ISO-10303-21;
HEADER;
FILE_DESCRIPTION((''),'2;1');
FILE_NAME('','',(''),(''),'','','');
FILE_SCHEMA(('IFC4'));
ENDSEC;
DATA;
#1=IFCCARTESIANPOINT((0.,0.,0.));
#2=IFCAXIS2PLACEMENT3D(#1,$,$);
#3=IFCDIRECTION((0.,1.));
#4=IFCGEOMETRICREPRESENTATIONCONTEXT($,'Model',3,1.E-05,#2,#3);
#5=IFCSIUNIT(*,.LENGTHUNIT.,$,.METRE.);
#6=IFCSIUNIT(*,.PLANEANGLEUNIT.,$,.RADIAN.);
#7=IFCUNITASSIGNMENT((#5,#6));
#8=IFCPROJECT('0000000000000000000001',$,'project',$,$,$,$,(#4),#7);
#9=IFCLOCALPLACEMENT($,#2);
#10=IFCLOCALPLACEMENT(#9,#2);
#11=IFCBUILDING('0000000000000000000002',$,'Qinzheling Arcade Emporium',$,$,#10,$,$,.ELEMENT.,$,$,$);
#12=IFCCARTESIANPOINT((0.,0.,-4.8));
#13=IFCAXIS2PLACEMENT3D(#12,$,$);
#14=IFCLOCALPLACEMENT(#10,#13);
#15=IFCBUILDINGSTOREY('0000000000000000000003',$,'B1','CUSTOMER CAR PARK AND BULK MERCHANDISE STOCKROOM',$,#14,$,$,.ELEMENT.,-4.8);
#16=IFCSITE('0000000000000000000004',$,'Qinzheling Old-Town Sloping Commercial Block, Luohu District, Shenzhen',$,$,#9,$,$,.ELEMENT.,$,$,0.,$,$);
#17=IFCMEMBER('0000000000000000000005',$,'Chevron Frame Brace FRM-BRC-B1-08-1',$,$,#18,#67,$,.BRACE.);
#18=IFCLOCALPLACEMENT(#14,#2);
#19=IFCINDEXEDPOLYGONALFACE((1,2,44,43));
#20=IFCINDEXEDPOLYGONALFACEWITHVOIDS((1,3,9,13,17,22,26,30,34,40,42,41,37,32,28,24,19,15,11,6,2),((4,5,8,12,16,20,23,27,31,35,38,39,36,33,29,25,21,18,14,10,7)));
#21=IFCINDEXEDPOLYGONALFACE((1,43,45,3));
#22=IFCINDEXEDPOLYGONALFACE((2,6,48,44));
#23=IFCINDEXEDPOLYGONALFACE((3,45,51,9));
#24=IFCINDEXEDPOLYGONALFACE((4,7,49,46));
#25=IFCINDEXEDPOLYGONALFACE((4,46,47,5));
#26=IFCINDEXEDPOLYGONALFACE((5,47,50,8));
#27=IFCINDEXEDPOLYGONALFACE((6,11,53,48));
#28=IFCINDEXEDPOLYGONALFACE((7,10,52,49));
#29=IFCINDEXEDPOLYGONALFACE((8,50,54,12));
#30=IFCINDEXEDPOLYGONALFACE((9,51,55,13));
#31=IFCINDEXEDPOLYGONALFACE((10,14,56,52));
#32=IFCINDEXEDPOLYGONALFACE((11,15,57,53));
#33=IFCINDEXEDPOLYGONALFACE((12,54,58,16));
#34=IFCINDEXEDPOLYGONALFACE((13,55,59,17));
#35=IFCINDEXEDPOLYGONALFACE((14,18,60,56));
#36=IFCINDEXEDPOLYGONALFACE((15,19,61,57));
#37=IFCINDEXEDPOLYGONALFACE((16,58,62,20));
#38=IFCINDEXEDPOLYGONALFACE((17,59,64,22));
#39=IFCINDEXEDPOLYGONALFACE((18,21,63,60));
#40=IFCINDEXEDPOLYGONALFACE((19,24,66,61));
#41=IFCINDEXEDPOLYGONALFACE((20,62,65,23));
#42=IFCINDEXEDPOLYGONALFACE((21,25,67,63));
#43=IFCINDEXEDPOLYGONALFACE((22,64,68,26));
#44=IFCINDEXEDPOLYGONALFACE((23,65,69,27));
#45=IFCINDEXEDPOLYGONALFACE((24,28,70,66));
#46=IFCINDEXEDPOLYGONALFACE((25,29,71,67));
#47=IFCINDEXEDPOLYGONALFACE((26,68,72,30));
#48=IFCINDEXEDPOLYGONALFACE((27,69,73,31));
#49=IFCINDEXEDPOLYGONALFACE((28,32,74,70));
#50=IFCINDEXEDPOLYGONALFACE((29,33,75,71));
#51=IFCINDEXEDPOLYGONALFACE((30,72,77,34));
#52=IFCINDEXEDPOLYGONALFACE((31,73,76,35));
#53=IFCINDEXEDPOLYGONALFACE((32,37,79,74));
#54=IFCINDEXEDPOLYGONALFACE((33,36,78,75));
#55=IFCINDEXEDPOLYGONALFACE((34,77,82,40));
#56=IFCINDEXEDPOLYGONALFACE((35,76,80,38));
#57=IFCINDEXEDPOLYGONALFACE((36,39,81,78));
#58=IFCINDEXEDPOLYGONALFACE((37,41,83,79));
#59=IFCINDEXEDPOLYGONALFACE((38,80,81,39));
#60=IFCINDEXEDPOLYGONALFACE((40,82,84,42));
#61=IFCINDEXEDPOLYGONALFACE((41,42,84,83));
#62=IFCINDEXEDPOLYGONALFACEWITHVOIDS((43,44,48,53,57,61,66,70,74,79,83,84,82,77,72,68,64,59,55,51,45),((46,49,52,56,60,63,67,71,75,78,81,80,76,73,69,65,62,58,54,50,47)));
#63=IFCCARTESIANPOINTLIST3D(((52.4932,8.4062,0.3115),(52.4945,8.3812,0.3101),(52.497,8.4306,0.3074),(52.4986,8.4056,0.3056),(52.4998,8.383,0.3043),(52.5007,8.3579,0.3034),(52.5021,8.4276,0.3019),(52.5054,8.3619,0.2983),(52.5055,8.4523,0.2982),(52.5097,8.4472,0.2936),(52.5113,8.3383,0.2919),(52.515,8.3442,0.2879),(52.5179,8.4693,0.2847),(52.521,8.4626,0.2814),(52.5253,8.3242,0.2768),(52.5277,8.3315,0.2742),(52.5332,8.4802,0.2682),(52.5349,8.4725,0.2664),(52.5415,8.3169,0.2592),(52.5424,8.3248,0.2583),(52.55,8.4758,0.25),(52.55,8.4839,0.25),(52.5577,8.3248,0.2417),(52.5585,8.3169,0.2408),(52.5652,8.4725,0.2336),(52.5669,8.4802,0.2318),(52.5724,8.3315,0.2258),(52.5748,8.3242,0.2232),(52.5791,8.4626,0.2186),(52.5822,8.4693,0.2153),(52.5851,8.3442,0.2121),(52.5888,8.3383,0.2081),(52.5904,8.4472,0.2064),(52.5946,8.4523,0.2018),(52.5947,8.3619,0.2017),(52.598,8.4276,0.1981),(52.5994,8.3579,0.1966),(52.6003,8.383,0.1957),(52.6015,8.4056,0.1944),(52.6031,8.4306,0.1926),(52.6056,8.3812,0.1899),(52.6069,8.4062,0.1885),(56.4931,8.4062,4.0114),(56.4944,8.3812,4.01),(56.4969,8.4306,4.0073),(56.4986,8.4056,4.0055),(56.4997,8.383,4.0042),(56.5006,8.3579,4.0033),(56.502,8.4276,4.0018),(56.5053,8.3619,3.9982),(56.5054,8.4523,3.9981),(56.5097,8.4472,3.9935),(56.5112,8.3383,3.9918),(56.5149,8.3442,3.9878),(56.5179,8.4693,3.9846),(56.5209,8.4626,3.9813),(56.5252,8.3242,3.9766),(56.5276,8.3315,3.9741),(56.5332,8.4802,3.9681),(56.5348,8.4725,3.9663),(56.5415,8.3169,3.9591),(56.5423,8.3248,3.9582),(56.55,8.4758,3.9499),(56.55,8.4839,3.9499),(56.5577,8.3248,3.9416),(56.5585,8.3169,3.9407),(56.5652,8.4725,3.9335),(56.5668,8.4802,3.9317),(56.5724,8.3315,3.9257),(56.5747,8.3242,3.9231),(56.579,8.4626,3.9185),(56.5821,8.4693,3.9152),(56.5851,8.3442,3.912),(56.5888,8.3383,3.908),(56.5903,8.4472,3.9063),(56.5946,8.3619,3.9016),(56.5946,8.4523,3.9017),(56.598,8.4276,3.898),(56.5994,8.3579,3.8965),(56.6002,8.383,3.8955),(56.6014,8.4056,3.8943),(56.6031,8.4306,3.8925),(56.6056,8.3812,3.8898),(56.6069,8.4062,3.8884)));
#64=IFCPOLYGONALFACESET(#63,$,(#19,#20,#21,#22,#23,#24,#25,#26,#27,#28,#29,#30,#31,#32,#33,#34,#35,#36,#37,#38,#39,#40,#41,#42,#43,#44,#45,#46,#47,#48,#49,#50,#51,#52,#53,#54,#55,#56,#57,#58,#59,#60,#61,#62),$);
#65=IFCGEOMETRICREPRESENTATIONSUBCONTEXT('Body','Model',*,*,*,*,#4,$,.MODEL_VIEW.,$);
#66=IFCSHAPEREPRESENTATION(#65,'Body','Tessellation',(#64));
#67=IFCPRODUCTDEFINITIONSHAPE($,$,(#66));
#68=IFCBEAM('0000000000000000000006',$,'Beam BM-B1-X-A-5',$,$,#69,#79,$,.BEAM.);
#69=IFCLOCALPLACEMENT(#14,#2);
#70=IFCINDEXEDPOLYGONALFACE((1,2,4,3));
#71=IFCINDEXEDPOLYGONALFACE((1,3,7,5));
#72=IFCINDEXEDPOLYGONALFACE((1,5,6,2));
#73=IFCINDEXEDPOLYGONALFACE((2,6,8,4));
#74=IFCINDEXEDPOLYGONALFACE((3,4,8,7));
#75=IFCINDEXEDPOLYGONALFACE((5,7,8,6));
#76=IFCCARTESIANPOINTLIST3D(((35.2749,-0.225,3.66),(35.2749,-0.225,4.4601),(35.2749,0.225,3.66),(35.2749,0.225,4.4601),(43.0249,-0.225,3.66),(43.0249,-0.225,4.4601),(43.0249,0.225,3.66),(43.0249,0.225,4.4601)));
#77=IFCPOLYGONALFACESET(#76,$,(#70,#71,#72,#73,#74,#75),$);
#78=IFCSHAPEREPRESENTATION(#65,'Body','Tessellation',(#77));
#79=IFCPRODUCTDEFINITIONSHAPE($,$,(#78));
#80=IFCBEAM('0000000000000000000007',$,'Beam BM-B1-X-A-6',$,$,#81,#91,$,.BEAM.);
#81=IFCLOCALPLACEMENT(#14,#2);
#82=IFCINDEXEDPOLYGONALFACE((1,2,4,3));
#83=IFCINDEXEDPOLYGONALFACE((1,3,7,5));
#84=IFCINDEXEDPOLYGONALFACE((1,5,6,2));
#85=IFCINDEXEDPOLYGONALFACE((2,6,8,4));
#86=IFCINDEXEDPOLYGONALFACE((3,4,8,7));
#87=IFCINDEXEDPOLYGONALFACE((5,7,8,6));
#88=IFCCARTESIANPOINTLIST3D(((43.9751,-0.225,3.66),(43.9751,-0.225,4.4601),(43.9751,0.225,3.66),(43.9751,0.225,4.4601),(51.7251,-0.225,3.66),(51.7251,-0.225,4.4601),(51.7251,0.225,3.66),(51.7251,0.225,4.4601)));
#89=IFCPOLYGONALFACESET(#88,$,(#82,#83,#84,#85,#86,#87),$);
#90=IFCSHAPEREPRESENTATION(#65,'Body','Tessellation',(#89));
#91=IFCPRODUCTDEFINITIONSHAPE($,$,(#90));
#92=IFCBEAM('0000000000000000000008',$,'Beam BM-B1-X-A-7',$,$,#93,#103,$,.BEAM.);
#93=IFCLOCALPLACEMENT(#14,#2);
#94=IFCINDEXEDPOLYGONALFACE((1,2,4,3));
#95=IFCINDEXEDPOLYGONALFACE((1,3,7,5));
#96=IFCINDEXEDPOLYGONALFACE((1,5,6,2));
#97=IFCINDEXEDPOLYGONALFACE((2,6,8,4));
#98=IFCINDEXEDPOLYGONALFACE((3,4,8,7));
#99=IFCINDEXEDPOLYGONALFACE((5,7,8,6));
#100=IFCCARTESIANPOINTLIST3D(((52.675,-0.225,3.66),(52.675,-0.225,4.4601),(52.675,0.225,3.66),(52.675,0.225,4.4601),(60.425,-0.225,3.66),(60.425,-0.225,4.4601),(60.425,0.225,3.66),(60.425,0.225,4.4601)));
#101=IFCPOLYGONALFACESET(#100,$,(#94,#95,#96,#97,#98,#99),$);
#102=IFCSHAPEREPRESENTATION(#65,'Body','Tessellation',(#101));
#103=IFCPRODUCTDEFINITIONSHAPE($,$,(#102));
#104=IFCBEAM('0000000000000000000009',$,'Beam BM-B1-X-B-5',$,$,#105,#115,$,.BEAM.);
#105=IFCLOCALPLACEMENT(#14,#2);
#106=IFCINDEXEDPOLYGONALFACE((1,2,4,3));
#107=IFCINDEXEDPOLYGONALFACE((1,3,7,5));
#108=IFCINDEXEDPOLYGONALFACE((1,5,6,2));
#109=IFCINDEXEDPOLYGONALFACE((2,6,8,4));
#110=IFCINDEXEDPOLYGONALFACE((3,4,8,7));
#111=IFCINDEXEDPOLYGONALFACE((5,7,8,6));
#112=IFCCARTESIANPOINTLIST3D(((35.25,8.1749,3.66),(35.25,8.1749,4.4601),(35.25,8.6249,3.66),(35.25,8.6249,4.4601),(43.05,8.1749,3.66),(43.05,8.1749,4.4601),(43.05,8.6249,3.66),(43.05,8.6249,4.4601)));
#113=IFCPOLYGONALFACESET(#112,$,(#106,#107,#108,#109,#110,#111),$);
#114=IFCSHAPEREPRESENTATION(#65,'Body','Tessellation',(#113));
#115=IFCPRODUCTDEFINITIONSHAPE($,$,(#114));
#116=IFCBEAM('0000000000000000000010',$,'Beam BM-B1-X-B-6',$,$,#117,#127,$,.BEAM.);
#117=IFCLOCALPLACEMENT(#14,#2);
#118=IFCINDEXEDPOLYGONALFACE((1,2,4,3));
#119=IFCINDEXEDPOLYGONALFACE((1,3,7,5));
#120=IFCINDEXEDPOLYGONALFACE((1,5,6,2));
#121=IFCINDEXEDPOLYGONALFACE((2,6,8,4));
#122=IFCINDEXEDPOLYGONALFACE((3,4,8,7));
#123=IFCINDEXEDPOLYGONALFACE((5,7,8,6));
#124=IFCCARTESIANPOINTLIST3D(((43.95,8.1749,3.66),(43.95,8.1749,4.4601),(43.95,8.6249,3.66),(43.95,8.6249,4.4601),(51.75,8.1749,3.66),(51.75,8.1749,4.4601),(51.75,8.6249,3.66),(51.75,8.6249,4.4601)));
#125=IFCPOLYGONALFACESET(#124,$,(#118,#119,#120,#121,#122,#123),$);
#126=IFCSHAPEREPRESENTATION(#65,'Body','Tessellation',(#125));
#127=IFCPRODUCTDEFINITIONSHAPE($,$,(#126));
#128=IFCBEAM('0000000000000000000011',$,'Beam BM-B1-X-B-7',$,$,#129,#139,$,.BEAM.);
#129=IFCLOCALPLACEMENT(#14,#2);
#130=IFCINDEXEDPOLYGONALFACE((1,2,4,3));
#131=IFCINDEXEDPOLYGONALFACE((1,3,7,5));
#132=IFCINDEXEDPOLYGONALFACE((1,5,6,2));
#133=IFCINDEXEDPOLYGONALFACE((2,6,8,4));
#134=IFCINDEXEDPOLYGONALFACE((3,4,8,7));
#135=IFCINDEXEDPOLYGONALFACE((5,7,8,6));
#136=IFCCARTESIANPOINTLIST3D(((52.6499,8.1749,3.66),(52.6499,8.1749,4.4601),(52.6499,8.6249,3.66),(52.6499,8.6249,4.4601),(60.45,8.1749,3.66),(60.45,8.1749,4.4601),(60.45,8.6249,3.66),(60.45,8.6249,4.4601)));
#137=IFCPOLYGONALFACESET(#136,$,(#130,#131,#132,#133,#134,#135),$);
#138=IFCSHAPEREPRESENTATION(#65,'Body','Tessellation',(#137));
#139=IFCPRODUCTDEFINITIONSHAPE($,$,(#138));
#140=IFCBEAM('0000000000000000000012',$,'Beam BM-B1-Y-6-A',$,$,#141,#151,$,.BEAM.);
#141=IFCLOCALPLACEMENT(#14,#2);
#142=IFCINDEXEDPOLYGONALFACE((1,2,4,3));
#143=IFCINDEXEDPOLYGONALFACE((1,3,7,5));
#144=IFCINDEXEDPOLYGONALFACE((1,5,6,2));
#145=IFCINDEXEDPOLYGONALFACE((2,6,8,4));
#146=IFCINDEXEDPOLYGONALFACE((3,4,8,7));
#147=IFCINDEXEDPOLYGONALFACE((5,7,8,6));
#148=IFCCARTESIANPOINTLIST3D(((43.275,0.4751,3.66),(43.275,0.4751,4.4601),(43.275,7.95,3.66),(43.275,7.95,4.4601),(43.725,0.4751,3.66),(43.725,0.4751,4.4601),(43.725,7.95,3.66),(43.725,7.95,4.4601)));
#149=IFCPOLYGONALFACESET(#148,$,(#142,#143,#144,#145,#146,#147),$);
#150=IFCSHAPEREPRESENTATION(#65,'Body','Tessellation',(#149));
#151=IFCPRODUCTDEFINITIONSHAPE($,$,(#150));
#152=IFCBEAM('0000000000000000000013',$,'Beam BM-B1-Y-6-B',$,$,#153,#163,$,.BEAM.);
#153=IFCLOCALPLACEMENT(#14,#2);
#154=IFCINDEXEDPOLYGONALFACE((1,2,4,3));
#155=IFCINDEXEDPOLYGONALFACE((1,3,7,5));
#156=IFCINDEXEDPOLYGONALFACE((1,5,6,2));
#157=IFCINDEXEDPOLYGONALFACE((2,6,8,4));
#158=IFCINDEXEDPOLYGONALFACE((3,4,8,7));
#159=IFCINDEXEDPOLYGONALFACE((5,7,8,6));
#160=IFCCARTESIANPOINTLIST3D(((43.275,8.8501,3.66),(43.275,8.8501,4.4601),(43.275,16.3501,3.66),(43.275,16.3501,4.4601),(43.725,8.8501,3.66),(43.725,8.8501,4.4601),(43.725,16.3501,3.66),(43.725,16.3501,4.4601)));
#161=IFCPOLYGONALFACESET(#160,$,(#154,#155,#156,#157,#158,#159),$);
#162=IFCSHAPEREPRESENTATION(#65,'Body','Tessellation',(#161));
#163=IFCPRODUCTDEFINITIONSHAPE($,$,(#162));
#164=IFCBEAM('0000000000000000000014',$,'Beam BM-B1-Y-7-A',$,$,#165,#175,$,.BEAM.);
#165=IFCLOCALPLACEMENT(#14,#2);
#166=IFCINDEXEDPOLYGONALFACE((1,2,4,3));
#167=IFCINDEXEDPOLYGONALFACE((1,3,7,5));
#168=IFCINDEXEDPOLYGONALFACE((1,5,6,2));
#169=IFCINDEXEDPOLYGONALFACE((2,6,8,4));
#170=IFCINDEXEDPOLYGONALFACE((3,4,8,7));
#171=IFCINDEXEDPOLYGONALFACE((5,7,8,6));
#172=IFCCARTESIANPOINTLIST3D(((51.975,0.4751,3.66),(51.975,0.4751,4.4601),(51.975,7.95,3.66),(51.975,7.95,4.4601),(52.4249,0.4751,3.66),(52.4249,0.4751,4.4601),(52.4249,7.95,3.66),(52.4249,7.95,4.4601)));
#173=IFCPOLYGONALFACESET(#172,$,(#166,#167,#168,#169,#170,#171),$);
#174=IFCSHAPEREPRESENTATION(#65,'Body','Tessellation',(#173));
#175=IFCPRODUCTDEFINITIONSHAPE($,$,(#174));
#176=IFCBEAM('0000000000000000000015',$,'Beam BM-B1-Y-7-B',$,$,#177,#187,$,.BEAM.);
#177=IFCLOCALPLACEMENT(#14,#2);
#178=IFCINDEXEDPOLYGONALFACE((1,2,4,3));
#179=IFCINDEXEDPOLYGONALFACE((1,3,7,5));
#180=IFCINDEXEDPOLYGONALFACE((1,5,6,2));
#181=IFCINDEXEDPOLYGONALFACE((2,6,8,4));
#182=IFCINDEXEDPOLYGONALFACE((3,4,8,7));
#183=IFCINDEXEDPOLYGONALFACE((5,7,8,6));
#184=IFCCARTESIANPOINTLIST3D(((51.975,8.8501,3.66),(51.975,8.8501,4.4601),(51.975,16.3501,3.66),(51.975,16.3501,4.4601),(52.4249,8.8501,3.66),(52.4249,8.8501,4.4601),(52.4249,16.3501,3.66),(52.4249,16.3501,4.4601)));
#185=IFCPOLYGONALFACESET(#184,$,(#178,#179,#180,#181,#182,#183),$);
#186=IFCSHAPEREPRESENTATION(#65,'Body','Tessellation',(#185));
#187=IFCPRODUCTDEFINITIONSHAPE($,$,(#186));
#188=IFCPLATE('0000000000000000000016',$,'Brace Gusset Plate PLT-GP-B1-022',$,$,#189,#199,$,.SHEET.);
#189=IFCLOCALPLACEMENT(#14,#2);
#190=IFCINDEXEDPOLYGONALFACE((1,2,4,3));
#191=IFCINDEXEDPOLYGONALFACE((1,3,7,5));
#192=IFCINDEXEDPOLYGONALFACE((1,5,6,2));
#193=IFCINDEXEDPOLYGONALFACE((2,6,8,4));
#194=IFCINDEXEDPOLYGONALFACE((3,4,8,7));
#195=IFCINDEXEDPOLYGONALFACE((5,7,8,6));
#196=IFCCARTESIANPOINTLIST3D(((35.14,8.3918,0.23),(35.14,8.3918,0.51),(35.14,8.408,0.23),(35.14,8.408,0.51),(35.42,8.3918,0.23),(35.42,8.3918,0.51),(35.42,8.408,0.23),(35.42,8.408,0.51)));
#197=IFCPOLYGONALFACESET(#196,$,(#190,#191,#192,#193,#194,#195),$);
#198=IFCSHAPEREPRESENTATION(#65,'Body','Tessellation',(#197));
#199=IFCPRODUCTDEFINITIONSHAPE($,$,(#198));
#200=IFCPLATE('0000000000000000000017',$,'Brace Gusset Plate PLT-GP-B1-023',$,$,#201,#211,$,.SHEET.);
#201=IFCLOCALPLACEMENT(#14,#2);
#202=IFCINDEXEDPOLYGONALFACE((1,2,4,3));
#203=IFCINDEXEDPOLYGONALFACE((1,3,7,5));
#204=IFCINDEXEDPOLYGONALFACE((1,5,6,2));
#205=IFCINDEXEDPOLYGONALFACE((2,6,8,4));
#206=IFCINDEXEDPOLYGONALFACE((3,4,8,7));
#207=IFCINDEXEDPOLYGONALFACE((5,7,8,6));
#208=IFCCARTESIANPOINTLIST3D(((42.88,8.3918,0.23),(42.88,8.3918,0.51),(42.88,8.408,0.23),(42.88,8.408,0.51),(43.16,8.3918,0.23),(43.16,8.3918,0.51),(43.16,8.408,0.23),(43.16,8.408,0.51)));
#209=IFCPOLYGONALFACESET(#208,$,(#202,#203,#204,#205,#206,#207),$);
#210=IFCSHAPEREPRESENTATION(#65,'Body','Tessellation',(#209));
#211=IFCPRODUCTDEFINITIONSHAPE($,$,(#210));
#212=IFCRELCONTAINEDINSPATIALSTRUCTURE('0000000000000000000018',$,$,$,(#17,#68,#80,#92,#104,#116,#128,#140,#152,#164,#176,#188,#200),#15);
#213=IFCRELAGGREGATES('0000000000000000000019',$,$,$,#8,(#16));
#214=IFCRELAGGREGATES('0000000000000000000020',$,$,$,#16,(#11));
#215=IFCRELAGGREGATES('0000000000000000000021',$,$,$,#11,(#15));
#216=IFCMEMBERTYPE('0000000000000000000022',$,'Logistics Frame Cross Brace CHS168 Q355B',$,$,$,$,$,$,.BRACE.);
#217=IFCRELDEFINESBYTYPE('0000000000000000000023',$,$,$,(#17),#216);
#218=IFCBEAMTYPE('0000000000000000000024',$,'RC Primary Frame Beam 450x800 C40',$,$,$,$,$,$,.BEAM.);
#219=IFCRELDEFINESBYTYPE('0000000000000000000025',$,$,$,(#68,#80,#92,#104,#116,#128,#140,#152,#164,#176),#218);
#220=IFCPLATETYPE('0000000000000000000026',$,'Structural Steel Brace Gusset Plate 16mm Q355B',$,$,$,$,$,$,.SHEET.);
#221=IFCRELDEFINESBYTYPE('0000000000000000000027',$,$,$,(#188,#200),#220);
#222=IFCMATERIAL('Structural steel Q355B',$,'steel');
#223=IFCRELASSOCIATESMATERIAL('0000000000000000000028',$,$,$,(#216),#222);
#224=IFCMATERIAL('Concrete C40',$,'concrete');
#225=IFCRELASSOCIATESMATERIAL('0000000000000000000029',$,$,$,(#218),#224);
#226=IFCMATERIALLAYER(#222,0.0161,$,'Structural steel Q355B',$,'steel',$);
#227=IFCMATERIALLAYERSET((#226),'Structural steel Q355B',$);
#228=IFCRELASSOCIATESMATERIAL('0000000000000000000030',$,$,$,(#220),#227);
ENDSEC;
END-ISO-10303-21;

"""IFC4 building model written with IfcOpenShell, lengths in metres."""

from ifc_helpers import new_model, si_unit, direction, frame, origin, origin_2d, place, context, subcontext, project, spatial, rectangle, hollow_circle, extrude, material, layer, layer_set, material_profile, profile_set, type_object, element, save


model = new_model("IFC4")

# Units and contexts
model_context = context("Model", 3, precision=1e-05, world=origin(), true_north=direction((0.0, 1.0)))
body_context = subcontext(model_context, "Body", "Model", "MODEL_VIEW")
ifc_project = project(units=[si_unit("LENGTHUNIT", "METRE"), si_unit("PLANEANGLEUNIT", "RADIAN")], contexts=[model_context])

# Site, building, storey
site_placement = place(None, origin())
site = spatial("IfcSite", under=ifc_project, at=site_placement, Name="Qinzheling Old-Town Sloping Commercial Block, Luohu District, Shenzhen", CompositionType="ELEMENT", RefElevation=0.0)
building_placement = place(site_placement, origin())
building = spatial("IfcBuilding", under=site, at=building_placement, Name="Qinzheling Arcade Emporium", CompositionType="ELEMENT")
storey_placement = place(building_placement, frame((0.0, 0.0, -4.8)))
storey = spatial("IfcBuildingStorey", under=building, at=storey_placement, Name="B1", Description="CUSTOMER CAR PARK AND BULK MERCHANDISE STOCKROOM", CompositionType="ELEMENT", Elevation=-4.8)

# Member
ifc_material_1 = material(Name="Structural steel Q355B", Category="steel")
ifc_material_profile_1 = material_profile(ifc_material_1, hollow_circle(Radius=0.084, WallThickness=0.0081, at=origin_2d()), Name="CHS 168x8", Category="steel")
ifc_profile_set_1 = profile_set([ifc_material_profile_1], Name="Structural steel Q355B")
member_type_1 = type_object("IfcMemberType", Name="Logistics Frame Cross Brace CHS168 Q355B", PredefinedType="BRACE", material=ifc_profile_set_1)
for number, where, z_axis, x_axis, name in (
    (1, (52.55, 8.3999, 0.25), (0.734104, 0.0, 0.679037), (0.0, 1.0, 0.0), "Chevron Frame Brace FRM-BRC-B1-08-1"),
):
    element("IfcMember", number, at=place(storey_placement, frame(where, z_axis=z_axis, x_axis=x_axis)), inside=storey, type_object=member_type_1, Name=name, PredefinedType="BRACE", context=body_context, shape_type="SweptSolid", body=[
        extrude(hollow_circle(Radius=0.084, WallThickness=0.0081, at=origin_2d()), origin(), (0.0, 0.0, 1.0), 5.4487),
    ])

# Beams
ifc_material_2 = material(Name="Concrete C40", Category="concrete")
ifc_material_profile_2 = material_profile(ifc_material_2, rectangle(XDim=0.45, YDim=0.8, at=origin_2d()), Name="RC 450x800", Category="concrete")
ifc_profile_set_2 = profile_set([ifc_material_profile_2], Name="Concrete C40")
beam_type = type_object("IfcBeamType", Name="RC Primary Frame Beam 450x800 C40", PredefinedType="BEAM", material=ifc_profile_set_2)
for number, where, z_axis, x_axis, name in (
    (2, (35.2749, 0.0, 4.0601), (1.0, 0.0, 0.0), (0.0, 1.0, 0.0), "Beam BM-B1-X-A-5"),
    (3, (43.9751, 0.0, 4.0601), (1.0, 0.0, 0.0), (0.0, 1.0, 0.0), "Beam BM-B1-X-A-6"),
    (4, (52.675, 0.0, 4.0601), (1.0, 0.0, 0.0), (0.0, 1.0, 0.0), "Beam BM-B1-X-A-7"),
):
    element("IfcBeam", number, at=place(storey_placement, frame(where, z_axis=z_axis, x_axis=x_axis)), inside=storey, type_object=beam_type, Name=name, PredefinedType="BEAM", context=body_context, shape_type="SweptSolid", body=[
        extrude(rectangle(XDim=0.45, YDim=0.8, at=origin_2d()), origin(), (0.0, 0.0, 1.0), 7.75),
    ])
for number, where, z_axis, x_axis, name in (
    (5, (35.25, 8.3999, 4.0601), (1.0, 0.0, 0.0), (0.0, 1.0, 0.0), "Beam BM-B1-X-B-5"),
    (6, (43.95, 8.3999, 4.0601), (1.0, 0.0, 0.0), (0.0, 1.0, 0.0), "Beam BM-B1-X-B-6"),
    (7, (52.6499, 8.3999, 4.0601), (1.0, 0.0, 0.0), (0.0, 1.0, 0.0), "Beam BM-B1-X-B-7"),
):
    element("IfcBeam", number, at=place(storey_placement, frame(where, z_axis=z_axis, x_axis=x_axis)), inside=storey, type_object=beam_type, Name=name, PredefinedType="BEAM", context=body_context, shape_type="SweptSolid", body=[
        extrude(rectangle(XDim=0.45, YDim=0.8, at=origin_2d()), origin(), (0.0, 0.0, 1.0), 7.8),
    ])
beam_1_placement = place(storey_placement, frame((43.5, 0.4751, 4.0601), z_axis=(0.0, 1.0, 0.0), x_axis=(-1.0, 0.0, 0.0)))
element("IfcBeam", 8, at=beam_1_placement, inside=storey, type_object=beam_type, Name="Beam BM-B1-Y-6-A", PredefinedType="BEAM", context=body_context, shape_type="SweptSolid", body=[
    extrude(rectangle(XDim=0.45, YDim=0.8, at=origin_2d()), origin(), (0.0, 0.0, 1.0), 7.4749),
])
beam_2_placement = place(storey_placement, frame((43.5, 8.8501, 4.0601), z_axis=(0.0, 1.0, 0.0), x_axis=(-1.0, 0.0, 0.0)))
element("IfcBeam", 9, at=beam_2_placement, inside=storey, type_object=beam_type, Name="Beam BM-B1-Y-6-B", PredefinedType="BEAM", context=body_context, shape_type="SweptSolid", body=[
    extrude(rectangle(XDim=0.45, YDim=0.8, at=origin_2d()), origin(), (0.0, 0.0, 1.0), 7.5),
])
beam_3_placement = place(storey_placement, frame((52.2, 0.4751, 4.0601), z_axis=(0.0, 1.0, 0.0), x_axis=(-1.0, 0.0, 0.0)))
element("IfcBeam", 10, at=beam_3_placement, inside=storey, type_object=beam_type, Name="Beam BM-B1-Y-7-A", PredefinedType="BEAM", context=body_context, shape_type="SweptSolid", body=[
    extrude(rectangle(XDim=0.45, YDim=0.8, at=origin_2d()), origin(), (0.0, 0.0, 1.0), 7.4749),
])
beam_4_placement = place(storey_placement, frame((52.2, 8.8501, 4.0601), z_axis=(0.0, 1.0, 0.0), x_axis=(-1.0, 0.0, 0.0)))
element("IfcBeam", 11, at=beam_4_placement, inside=storey, type_object=beam_type, Name="Beam BM-B1-Y-7-B", PredefinedType="BEAM", context=body_context, shape_type="SweptSolid", body=[
    extrude(rectangle(XDim=0.45, YDim=0.8, at=origin_2d()), origin(), (0.0, 0.0, 1.0), 7.5),
])

# Plates
ifc_layer_1 = layer(ifc_material_1, 0.0161, Name="Structural steel Q355B", Category="steel")
ifc_layer_set_1 = layer_set([ifc_layer_1], Name="Structural steel Q355B")
plate_type = type_object("IfcPlateType", Name="Structural Steel Brace Gusset Plate 16mm Q355B", PredefinedType="SHEET", material=ifc_layer_set_1)
for number, where, z_axis, x_axis, name in (
    (12, (35.28, 8.3999, 0.23), (0.0, 0.0, 1.0), (1.0, 0.0, 0.0), "Brace Gusset Plate PLT-GP-B1-022"),
    (13, (43.02, 8.3999, 0.23), (0.0, 0.0, 1.0), (1.0, 0.0, 0.0), "Brace Gusset Plate PLT-GP-B1-023"),
):
    element("IfcPlate", number, at=place(storey_placement, frame(where, z_axis=z_axis, x_axis=x_axis)), inside=storey, type_object=plate_type, Name=name, PredefinedType="SHEET", context=body_context, shape_type="SweptSolid", body=[
        extrude(rectangle(XDim=0.28, YDim=0.0161, at=origin_2d()), origin(), (0.0, 0.0, 1.0), 0.28),
    ])

save(model, "model.ifc")
